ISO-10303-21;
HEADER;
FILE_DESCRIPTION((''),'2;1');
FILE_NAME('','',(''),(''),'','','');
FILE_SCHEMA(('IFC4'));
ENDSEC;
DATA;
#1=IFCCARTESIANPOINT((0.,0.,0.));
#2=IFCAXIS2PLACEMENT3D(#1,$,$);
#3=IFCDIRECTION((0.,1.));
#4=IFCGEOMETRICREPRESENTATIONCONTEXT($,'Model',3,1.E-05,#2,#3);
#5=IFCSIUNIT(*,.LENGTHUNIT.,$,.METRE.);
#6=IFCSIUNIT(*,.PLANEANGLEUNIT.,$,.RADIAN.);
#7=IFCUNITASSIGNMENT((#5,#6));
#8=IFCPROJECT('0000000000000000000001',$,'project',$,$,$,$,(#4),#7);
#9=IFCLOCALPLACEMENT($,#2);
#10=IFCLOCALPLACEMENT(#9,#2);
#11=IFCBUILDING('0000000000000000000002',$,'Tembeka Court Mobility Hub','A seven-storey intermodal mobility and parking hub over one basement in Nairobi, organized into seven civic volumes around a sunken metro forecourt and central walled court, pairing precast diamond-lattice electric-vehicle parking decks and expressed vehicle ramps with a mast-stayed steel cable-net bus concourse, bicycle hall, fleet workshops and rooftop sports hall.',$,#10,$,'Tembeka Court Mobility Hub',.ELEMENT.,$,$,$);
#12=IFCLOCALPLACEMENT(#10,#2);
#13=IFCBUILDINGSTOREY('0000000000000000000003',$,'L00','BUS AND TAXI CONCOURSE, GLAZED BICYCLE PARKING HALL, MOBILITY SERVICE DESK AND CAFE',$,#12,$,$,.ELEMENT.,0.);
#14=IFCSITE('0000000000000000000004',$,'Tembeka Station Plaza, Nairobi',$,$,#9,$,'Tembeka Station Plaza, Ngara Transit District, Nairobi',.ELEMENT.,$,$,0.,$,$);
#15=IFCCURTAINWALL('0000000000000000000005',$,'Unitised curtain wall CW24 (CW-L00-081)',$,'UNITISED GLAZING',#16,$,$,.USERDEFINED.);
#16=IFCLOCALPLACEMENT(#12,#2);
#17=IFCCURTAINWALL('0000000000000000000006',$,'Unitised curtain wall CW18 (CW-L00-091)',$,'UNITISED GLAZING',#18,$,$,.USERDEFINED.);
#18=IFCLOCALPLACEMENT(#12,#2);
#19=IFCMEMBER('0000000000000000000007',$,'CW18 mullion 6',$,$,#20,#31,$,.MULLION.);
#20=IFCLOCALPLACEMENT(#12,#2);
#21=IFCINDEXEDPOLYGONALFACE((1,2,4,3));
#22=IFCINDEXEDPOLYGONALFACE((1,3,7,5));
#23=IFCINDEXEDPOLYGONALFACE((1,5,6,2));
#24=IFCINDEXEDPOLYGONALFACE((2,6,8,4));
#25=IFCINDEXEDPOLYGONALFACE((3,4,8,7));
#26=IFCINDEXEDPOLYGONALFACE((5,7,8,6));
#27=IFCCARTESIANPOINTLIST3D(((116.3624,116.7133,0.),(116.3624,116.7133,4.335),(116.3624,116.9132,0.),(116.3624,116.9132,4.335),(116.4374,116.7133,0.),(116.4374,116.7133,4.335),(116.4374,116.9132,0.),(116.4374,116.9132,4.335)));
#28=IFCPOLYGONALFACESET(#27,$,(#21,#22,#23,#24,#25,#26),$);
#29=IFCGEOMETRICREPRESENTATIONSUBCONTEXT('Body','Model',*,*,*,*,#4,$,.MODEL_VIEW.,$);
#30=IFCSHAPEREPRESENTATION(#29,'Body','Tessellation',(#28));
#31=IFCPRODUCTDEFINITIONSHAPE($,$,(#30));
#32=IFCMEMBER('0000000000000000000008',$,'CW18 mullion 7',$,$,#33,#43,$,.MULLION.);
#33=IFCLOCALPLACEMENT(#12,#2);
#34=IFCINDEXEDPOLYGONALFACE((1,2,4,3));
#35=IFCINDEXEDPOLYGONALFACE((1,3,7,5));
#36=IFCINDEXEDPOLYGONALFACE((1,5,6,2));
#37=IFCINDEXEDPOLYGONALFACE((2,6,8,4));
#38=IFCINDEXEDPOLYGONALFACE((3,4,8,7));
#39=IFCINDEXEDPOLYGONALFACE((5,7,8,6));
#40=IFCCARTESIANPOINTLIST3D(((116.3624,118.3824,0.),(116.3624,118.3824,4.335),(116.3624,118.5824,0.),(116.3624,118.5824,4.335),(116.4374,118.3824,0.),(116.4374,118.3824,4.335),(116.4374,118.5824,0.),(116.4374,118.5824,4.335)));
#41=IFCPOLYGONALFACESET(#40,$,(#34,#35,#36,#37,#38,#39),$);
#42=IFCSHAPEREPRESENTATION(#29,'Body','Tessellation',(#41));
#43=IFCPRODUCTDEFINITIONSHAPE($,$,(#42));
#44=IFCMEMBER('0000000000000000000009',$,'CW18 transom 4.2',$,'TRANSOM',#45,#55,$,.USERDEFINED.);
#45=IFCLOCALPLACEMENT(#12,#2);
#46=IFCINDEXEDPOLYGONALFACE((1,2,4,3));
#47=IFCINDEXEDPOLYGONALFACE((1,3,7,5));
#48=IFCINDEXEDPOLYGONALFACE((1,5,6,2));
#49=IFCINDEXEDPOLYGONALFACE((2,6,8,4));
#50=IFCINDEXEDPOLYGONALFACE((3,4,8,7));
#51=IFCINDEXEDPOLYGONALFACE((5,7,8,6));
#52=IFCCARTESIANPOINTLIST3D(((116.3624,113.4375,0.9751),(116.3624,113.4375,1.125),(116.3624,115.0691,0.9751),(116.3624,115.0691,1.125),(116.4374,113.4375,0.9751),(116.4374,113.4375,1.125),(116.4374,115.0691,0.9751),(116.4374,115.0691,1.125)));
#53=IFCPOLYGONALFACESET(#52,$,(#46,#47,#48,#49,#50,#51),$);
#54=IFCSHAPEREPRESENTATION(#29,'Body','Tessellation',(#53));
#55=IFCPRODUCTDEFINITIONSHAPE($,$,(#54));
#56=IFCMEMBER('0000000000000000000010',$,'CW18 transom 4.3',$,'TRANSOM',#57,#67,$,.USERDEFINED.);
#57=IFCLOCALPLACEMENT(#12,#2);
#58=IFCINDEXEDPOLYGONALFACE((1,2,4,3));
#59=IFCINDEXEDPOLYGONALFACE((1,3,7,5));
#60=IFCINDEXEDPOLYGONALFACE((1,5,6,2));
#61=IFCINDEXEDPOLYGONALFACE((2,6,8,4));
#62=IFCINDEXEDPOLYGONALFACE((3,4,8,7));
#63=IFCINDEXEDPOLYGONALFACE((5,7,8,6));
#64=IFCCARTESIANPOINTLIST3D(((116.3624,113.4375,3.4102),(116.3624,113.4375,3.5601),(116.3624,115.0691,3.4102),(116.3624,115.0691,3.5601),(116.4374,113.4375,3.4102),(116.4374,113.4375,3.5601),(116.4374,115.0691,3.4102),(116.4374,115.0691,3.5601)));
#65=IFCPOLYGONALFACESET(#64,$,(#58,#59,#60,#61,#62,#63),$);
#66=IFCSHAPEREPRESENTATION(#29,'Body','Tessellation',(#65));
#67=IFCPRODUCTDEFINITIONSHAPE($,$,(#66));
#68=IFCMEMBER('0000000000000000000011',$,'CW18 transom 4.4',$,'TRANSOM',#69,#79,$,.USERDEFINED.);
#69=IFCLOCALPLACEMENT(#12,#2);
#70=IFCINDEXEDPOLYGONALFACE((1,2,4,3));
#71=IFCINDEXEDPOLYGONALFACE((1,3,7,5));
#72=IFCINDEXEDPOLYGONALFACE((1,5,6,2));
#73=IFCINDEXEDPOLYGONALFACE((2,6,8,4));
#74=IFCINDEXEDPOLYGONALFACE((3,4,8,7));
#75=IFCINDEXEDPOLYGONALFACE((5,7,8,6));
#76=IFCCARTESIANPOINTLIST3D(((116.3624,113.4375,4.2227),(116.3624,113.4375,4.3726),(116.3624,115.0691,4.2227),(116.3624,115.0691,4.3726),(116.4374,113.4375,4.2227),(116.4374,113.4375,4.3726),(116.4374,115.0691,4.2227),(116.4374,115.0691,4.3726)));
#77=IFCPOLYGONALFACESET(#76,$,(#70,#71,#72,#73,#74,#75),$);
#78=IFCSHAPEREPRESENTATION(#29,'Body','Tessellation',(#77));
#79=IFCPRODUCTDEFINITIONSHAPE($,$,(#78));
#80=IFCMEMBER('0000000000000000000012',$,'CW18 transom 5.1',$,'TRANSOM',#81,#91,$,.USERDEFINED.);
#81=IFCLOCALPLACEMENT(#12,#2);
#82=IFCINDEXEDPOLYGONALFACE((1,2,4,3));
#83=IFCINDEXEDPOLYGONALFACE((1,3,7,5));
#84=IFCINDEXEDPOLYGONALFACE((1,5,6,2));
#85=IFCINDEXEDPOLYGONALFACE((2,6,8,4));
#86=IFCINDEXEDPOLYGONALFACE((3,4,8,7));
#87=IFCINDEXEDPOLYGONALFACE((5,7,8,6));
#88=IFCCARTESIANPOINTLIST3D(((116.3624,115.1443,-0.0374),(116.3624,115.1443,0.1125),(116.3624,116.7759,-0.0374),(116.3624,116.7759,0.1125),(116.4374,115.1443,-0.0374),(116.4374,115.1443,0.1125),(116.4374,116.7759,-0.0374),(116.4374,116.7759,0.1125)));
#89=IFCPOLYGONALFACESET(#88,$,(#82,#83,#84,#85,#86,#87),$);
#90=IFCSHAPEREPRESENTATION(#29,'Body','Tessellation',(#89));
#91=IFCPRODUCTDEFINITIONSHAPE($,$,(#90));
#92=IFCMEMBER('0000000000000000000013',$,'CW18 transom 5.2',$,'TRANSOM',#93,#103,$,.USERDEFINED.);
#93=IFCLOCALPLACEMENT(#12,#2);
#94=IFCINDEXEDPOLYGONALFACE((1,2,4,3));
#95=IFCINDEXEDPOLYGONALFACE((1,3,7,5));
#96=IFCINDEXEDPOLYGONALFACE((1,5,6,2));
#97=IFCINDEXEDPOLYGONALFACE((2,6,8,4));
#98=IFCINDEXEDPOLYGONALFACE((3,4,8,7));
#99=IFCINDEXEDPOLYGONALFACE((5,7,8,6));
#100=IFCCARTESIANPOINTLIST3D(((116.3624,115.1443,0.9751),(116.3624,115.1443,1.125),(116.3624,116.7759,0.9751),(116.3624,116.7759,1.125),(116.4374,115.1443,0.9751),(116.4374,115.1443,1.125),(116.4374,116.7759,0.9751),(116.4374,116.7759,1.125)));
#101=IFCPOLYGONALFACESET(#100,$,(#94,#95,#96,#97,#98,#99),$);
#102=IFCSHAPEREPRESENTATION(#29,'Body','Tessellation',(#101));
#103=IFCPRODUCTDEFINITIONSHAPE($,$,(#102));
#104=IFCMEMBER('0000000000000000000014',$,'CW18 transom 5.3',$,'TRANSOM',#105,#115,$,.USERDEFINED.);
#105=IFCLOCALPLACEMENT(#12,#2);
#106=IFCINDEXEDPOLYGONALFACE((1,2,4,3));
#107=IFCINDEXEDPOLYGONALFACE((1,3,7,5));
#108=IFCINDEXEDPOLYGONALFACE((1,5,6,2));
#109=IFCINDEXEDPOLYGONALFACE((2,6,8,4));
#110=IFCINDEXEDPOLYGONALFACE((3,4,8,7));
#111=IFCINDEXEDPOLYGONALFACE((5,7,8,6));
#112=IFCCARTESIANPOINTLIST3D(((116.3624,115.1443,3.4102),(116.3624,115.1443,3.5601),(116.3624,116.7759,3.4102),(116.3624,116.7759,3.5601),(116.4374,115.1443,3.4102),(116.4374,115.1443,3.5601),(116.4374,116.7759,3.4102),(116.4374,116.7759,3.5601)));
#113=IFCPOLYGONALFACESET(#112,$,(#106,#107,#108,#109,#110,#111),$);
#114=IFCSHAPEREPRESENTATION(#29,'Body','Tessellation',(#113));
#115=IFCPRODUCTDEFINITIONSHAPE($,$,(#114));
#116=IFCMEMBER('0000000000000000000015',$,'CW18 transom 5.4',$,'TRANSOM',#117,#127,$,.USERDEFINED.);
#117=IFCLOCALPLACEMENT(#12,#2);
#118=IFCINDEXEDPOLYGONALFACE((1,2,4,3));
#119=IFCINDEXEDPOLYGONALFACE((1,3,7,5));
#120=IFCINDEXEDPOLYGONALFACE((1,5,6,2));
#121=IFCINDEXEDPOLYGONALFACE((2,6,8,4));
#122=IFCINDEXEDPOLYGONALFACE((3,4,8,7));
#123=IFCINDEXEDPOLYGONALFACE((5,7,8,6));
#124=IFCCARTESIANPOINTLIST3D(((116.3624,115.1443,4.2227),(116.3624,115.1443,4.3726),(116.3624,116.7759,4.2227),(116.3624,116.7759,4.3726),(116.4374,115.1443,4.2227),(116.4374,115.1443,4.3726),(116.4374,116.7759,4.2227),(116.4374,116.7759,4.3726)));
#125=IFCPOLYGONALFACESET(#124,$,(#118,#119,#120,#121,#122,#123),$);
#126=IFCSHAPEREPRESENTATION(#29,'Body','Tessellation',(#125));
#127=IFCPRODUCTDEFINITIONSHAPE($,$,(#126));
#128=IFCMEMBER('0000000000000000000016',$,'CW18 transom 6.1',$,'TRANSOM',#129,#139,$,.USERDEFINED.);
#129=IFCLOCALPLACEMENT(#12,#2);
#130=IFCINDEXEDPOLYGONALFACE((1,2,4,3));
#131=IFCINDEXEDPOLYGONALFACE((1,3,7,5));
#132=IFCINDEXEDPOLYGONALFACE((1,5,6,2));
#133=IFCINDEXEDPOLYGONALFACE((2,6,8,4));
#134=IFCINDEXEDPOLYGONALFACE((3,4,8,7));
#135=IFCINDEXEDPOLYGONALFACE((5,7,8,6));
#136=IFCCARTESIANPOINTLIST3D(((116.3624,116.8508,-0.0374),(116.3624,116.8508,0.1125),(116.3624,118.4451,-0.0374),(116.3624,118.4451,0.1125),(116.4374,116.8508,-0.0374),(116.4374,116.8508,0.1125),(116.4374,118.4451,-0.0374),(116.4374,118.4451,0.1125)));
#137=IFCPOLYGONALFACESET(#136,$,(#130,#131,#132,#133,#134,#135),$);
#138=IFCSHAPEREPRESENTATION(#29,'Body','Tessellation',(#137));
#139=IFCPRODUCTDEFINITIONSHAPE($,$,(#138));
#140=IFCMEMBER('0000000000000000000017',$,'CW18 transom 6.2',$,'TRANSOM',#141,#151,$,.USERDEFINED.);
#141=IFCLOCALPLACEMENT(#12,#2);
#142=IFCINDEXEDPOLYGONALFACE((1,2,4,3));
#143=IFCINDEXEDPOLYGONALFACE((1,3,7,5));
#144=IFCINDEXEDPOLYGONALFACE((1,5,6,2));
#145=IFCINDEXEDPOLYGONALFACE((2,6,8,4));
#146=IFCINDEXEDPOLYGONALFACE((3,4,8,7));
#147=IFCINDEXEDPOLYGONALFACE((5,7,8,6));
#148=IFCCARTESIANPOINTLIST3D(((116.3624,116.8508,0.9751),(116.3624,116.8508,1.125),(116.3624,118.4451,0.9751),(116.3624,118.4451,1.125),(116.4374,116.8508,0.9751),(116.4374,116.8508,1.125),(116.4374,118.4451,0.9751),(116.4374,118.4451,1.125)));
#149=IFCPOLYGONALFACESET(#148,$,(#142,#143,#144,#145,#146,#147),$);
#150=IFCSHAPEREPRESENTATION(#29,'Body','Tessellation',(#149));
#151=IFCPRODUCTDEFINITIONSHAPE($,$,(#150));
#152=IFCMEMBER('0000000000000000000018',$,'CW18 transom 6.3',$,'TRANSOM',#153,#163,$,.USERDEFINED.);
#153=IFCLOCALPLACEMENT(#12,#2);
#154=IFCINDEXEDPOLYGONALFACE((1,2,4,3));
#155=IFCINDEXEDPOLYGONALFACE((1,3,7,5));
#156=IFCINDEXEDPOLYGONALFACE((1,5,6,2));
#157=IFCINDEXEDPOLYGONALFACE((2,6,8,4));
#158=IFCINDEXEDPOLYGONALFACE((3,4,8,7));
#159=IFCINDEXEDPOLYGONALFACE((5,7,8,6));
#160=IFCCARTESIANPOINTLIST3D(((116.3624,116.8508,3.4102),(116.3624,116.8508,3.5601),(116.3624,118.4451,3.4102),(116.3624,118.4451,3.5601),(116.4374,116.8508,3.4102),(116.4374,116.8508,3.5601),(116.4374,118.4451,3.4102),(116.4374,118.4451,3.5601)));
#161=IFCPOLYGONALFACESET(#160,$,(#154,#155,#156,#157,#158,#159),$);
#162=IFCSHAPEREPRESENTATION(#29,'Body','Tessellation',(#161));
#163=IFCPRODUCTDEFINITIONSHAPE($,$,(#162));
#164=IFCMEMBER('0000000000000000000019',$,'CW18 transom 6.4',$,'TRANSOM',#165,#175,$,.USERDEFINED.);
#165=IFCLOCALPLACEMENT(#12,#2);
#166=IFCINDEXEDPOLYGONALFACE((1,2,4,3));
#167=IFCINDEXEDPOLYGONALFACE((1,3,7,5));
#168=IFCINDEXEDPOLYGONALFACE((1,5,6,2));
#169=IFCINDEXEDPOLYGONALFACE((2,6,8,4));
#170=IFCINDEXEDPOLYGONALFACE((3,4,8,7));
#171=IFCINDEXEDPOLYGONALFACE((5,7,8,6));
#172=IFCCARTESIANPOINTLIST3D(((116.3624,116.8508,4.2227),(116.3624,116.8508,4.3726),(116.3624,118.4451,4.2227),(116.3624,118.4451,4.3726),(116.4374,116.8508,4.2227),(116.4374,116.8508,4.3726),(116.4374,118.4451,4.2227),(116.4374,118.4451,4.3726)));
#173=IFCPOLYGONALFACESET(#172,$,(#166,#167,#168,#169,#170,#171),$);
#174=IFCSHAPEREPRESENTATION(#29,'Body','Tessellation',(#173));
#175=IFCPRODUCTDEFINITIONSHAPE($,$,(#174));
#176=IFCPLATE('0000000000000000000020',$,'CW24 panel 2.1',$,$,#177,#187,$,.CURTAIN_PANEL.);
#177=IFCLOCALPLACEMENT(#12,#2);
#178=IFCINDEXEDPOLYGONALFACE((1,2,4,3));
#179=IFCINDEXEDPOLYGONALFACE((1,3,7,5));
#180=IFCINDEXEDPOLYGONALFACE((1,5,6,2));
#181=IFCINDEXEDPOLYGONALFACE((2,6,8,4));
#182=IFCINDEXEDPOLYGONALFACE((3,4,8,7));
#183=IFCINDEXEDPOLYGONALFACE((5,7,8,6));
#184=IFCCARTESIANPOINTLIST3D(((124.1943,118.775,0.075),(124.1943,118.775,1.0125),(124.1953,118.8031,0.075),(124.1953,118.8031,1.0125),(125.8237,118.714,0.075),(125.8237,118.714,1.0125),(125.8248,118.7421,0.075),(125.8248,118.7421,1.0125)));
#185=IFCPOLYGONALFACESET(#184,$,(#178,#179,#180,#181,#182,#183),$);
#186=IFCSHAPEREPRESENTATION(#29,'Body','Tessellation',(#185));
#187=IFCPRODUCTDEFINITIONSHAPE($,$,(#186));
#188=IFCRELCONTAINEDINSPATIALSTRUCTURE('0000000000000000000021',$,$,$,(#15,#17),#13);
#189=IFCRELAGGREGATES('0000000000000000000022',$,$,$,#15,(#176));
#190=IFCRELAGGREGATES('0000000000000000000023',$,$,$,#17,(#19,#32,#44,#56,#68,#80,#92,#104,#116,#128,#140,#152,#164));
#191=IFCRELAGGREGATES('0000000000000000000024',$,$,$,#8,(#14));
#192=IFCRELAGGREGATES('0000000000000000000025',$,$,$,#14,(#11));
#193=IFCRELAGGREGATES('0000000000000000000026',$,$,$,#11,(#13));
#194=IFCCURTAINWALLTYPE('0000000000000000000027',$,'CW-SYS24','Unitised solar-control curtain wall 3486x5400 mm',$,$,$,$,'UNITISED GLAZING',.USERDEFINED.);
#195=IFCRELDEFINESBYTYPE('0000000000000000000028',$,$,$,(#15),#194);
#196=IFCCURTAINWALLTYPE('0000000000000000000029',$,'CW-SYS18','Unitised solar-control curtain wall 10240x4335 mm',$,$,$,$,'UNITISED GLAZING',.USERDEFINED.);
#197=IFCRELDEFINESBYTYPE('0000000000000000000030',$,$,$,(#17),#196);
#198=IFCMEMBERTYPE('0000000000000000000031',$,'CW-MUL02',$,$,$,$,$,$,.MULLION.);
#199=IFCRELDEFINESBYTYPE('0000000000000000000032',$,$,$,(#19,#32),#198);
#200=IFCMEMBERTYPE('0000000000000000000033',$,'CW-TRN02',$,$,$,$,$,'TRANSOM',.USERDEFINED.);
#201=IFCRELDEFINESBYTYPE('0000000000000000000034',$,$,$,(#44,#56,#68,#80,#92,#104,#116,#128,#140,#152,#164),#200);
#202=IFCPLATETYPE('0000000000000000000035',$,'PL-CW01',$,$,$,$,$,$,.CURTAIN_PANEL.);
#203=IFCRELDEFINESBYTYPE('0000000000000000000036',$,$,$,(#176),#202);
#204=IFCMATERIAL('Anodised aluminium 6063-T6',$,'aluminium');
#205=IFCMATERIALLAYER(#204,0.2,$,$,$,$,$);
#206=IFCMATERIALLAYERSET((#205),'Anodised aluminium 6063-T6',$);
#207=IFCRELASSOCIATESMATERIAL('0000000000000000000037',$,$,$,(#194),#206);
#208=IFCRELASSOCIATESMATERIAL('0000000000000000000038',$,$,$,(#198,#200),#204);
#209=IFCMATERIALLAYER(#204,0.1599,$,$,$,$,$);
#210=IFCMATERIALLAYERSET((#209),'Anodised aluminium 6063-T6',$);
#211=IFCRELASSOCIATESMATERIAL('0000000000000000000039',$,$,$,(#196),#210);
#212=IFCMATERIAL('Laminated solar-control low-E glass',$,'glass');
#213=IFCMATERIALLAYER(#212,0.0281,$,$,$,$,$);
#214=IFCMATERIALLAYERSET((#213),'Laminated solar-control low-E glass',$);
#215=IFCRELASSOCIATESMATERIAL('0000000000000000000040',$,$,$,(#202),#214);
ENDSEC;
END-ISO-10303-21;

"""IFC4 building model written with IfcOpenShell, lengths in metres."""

from ifc_helpers import new_model, si_unit, direction, frame, origin, origin_2d, place, context, subcontext, project, spatial, rectangle, extrude, material, layer, layer_set, material_profile, profile_set, type_object, element, aggregate, save


model = new_model("IFC4")

# Units and contexts
model_context = context("Model", 3, precision=1e-05, world=origin(), true_north=direction((0.0, 1.0)))
body_context = subcontext(model_context, "Body", "Model", "MODEL_VIEW")
ifc_project = project(units=[si_unit("LENGTHUNIT", "METRE"), si_unit("PLANEANGLEUNIT", "RADIAN")], contexts=[model_context])

# Site, building, storey
site_placement = place(None, origin())
site = spatial("IfcSite", under=ifc_project, at=site_placement, Name="Tembeka Station Plaza, Nairobi", LongName="Tembeka Station Plaza, Ngara Transit District, Nairobi", CompositionType="ELEMENT", RefElevation=0.0)
building_placement = place(site_placement, origin())
building = spatial("IfcBuilding", under=site, at=building_placement, Name="Tembeka Court Mobility Hub", Description="A seven-storey intermodal mobility and parking hub over one basement in Nairobi, organized into seven civic volumes around a sunken metro forecourt and central walled court, pairing precast diamond-lattice electric-vehicle parking decks and expressed vehicle ramps with a mast-stayed steel cable-net bus concourse, bicycle hall, fleet workshops and rooftop sports hall.", LongName="Tembeka Court Mobility Hub", CompositionType="ELEMENT")
storey_placement = place(building_placement, origin())
storey = spatial("IfcBuildingStorey", under=building, at=storey_placement, Name="L00", Description="BUS AND TAXI CONCOURSE, GLAZED BICYCLE PARKING HALL, MOBILITY SERVICE DESK AND CAFE", CompositionType="ELEMENT", Elevation=0.0)

# Curtain wall
ifc_material_1 = material(Name="Anodised aluminium 6063-T6", Category="aluminium")
ifc_layer_1 = layer(ifc_material_1, 0.2)
ifc_layer_set_1 = layer_set([ifc_layer_1], Name="Anodised aluminium 6063-T6")
curtain_wall_type_1 = type_object("IfcCurtainWallType", Name="CW-SYS24", Description="Unitised solar-control curtain wall 3486x5400 mm", ElementType="UNITISED GLAZING", PredefinedType="USERDEFINED", material=ifc_layer_set_1)
curtain_wall_1_placement = place(storey_placement, origin())
curtain_wall_1 = element("IfcCurtainWall", 1, at=curtain_wall_1_placement, inside=storey, type_object=curtain_wall_type_1, Name="Unitised curtain wall CW24 (CW-L00-081)", ObjectType="UNITISED GLAZING", PredefinedType="USERDEFINED")
ifc_material_profile_1 = material_profile(ifc_material_1, rectangle(XDim=0.075, YDim=0.2, at=origin_2d()), Name="ALU-MUL 75x200")
ifc_profile_set_1 = profile_set([ifc_material_profile_1], Name="Anodised aluminium 6063-T6")
member_type_1 = type_object("IfcMemberType", Name="CW-MUL02", PredefinedType="MULLION", material=ifc_profile_set_1)

# Curtain wall, members
ifc_layer_2 = layer(ifc_material_1, 0.1599)
ifc_layer_set_2 = layer_set([ifc_layer_2], Name="Anodised aluminium 6063-T6")
curtain_wall_type_2 = type_object("IfcCurtainWallType", Name="CW-SYS18", Description="Unitised solar-control curtain wall 10240x4335 mm", ElementType="UNITISED GLAZING", PredefinedType="USERDEFINED", material=ifc_layer_set_2)
curtain_wall_2_placement = place(storey_placement, origin())
curtain_wall_2 = element("IfcCurtainWall", 2, at=curtain_wall_2_placement, inside=storey, type_object=curtain_wall_type_2, Name="Unitised curtain wall CW18 (CW-L00-091)", ObjectType="UNITISED GLAZING", PredefinedType="USERDEFINED")
member_1_placement = place(storey_placement, frame((116.3999, 116.8132, 0.0), z_axis=(0.0, 0.0, 1.0), x_axis=(-1.0, 0.0, 0.0)))
member_1 = element("IfcMember", 3, at=member_1_placement, type_object=member_type_1, Name="CW18 mullion 6", PredefinedType="MULLION", context=body_context, shape_type="SweptSolid", body=[
    extrude(rectangle(XDim=0.075, YDim=0.2, at=origin_2d()), origin(), (0.0, 0.0, 1.0), 4.335),
])
member_2_placement = place(storey_placement, frame((116.3999, 118.4824, 0.0), z_axis=(0.0, 0.0, 1.0), x_axis=(-1.0, 0.0, 0.0)))
member_2 = element("IfcMember", 4, at=member_2_placement, type_object=member_type_1, Name="CW18 mullion 7", PredefinedType="MULLION", context=body_context, shape_type="SweptSolid", body=[
    extrude(rectangle(XDim=0.075, YDim=0.2, at=origin_2d()), origin(), (0.0, 0.0, 1.0), 4.335),
])
ifc_material_profile_2 = material_profile(ifc_material_1, rectangle(XDim=0.075, YDim=0.1499, at=origin_2d()), Name="ALU-TRN 75x150")
ifc_profile_set_2 = profile_set([ifc_material_profile_2], Name="Anodised aluminium 6063-T6")
member_type_2 = type_object("IfcMemberType", Name="CW-TRN02", ElementType="TRANSOM", PredefinedType="USERDEFINED", material=ifc_profile_set_2)
member_3_placement = place(storey_placement, frame((116.3999, 113.4375, 1.05), z_axis=(0.0, 1.0, 0.0), x_axis=(-1.0, 0.0, 0.0)))
member_3 = element("IfcMember", 5, at=member_3_placement, type_object=member_type_2, Name="CW18 transom 4.2", ObjectType="TRANSOM", PredefinedType="USERDEFINED", context=body_context, shape_type="SweptSolid", body=[
    extrude(rectangle(XDim=0.075, YDim=0.1499, at=origin_2d()), origin(), (0.0, 0.0, 1.0), 1.6316),
])
member_4_placement = place(storey_placement, frame((116.3999, 113.4375, 3.4851), z_axis=(0.0, 1.0, 0.0), x_axis=(-1.0, 0.0, 0.0)))
member_4 = element("IfcMember", 6, at=member_4_placement, type_object=member_type_2, Name="CW18 transom 4.3", ObjectType="TRANSOM", PredefinedType="USERDEFINED", context=body_context, shape_type="SweptSolid", body=[
    extrude(rectangle(XDim=0.075, YDim=0.1499, at=origin_2d()), origin(), (0.0, 0.0, 1.0), 1.6316),
])
member_5_placement = place(storey_placement, frame((116.3999, 113.4375, 4.2976), z_axis=(0.0, 1.0, 0.0), x_axis=(-1.0, 0.0, 0.0)))
member_5 = element("IfcMember", 7, at=member_5_placement, type_object=member_type_2, Name="CW18 transom 4.4", ObjectType="TRANSOM", PredefinedType="USERDEFINED", context=body_context, shape_type="SweptSolid", body=[
    extrude(rectangle(XDim=0.075, YDim=0.1499, at=origin_2d()), origin(), (0.0, 0.0, 1.0), 1.6316),
])
member_6_placement = place(storey_placement, frame((116.3999, 115.1443, 0.0376), z_axis=(0.0, 1.0, 0.0), x_axis=(-1.0, 0.0, 0.0)))
member_6 = element("IfcMember", 8, at=member_6_placement, type_object=member_type_2, Name="CW18 transom 5.1", ObjectType="TRANSOM", PredefinedType="USERDEFINED", context=body_context, shape_type="SweptSolid", body=[
    extrude(rectangle(XDim=0.075, YDim=0.1499, at=origin_2d()), origin(), (0.0, 0.0, 1.0), 1.6316),
])
member_7_placement = place(storey_placement, frame((116.3999, 115.1443, 1.05), z_axis=(0.0, 1.0, 0.0), x_axis=(-1.0, 0.0, 0.0)))
member_7 = element("IfcMember", 9, at=member_7_placement, type_object=member_type_2, Name="CW18 transom 5.2", ObjectType="TRANSOM", PredefinedType="USERDEFINED", context=body_context, shape_type="SweptSolid", body=[
    extrude(rectangle(XDim=0.075, YDim=0.1499, at=origin_2d()), origin(), (0.0, 0.0, 1.0), 1.6316),
])
member_8_placement = place(storey_placement, frame((116.3999, 115.1443, 3.4851), z_axis=(0.0, 1.0, 0.0), x_axis=(-1.0, 0.0, 0.0)))
member_8 = element("IfcMember", 10, at=member_8_placement, type_object=member_type_2, Name="CW18 transom 5.3", ObjectType="TRANSOM", PredefinedType="USERDEFINED", context=body_context, shape_type="SweptSolid", body=[
    extrude(rectangle(XDim=0.075, YDim=0.1499, at=origin_2d()), origin(), (0.0, 0.0, 1.0), 1.6316),
])
member_9_placement = place(storey_placement, frame((116.3999, 115.1443, 4.2976), z_axis=(0.0, 1.0, 0.0), x_axis=(-1.0, 0.0, 0.0)))
member_9 = element("IfcMember", 11, at=member_9_placement, type_object=member_type_2, Name="CW18 transom 5.4", ObjectType="TRANSOM", PredefinedType="USERDEFINED", context=body_context, shape_type="SweptSolid", body=[
    extrude(rectangle(XDim=0.075, YDim=0.1499, at=origin_2d()), origin(), (0.0, 0.0, 1.0), 1.6316),
])
member_10_placement = place(storey_placement, frame((116.3999, 116.8508, 0.0376), z_axis=(0.0, 1.0, 0.0), x_axis=(-1.0, 0.0, 0.0)))
member_10 = element("IfcMember", 12, at=member_10_placement, type_object=member_type_2, Name="CW18 transom 6.1", ObjectType="TRANSOM", PredefinedType="USERDEFINED", context=body_context, shape_type="SweptSolid", body=[
    extrude(rectangle(XDim=0.075, YDim=0.1499, at=origin_2d()), origin(), (0.0, 0.0, 1.0), 1.5942),
])
member_11_placement = place(storey_placement, frame((116.3999, 116.8508, 1.05), z_axis=(0.0, 1.0, 0.0), x_axis=(-1.0, 0.0, 0.0)))
member_11 = element("IfcMember", 13, at=member_11_placement, type_object=member_type_2, Name="CW18 transom 6.2", ObjectType="TRANSOM", PredefinedType="USERDEFINED", context=body_context, shape_type="SweptSolid", body=[
    extrude(rectangle(XDim=0.075, YDim=0.1499, at=origin_2d()), origin(), (0.0, 0.0, 1.0), 1.5942),
])
member_12_placement = place(storey_placement, frame((116.3999, 116.8508, 3.4851), z_axis=(0.0, 1.0, 0.0), x_axis=(-1.0, 0.0, 0.0)))
member_12 = element("IfcMember", 14, at=member_12_placement, type_object=member_type_2, Name="CW18 transom 6.3", ObjectType="TRANSOM", PredefinedType="USERDEFINED", context=body_context, shape_type="SweptSolid", body=[
    extrude(rectangle(XDim=0.075, YDim=0.1499, at=origin_2d()), origin(), (0.0, 0.0, 1.0), 1.5942),
])
member_13_placement = place(storey_placement, frame((116.3999, 116.8508, 4.2976), z_axis=(0.0, 1.0, 0.0), x_axis=(-1.0, 0.0, 0.0)))
member_13 = element("IfcMember", 15, at=member_13_placement, type_object=member_type_2, Name="CW18 transom 6.4", ObjectType="TRANSOM", PredefinedType="USERDEFINED", context=body_context, shape_type="SweptSolid", body=[
    extrude(rectangle(XDim=0.075, YDim=0.1499, at=origin_2d()), origin(), (0.0, 0.0, 1.0), 1.5942),
])

# Plate
ifc_material_2 = material(Name="Laminated solar-control low-E glass", Category="glass")
ifc_layer_3 = layer(ifc_material_2, 0.0281)
ifc_layer_set_3 = layer_set([ifc_layer_3], Name="Laminated solar-control low-E glass")
plate_type = type_object("IfcPlateType", Name="PL-CW01", PredefinedType="CURTAIN_PANEL", material=ifc_layer_set_3)
plate_1_placement = place(storey_placement, frame((125.0095, 118.7585, 0.075), z_axis=(0.0, 0.0, 1.0), x_axis=(-0.9993, 0.037405, 0.0)))
plate_1 = element("IfcPlate", 16, at=plate_1_placement, type_object=plate_type, Name="CW24 panel 2.1", PredefinedType="CURTAIN_PANEL", context=body_context, shape_type="SweptSolid", body=[
    extrude(rectangle(XDim=1.6306, YDim=0.0281, at=origin_2d()), origin(), (0.0, 0.0, 1.0), 0.9375),
])
aggregate(curtain_wall_1, [plate_1])
aggregate(curtain_wall_2, [member_1, member_2, member_3, member_4, member_5, member_6, member_7, member_8, member_9, member_10, member_11, member_12, member_13])

save(model, "model.ifc")
